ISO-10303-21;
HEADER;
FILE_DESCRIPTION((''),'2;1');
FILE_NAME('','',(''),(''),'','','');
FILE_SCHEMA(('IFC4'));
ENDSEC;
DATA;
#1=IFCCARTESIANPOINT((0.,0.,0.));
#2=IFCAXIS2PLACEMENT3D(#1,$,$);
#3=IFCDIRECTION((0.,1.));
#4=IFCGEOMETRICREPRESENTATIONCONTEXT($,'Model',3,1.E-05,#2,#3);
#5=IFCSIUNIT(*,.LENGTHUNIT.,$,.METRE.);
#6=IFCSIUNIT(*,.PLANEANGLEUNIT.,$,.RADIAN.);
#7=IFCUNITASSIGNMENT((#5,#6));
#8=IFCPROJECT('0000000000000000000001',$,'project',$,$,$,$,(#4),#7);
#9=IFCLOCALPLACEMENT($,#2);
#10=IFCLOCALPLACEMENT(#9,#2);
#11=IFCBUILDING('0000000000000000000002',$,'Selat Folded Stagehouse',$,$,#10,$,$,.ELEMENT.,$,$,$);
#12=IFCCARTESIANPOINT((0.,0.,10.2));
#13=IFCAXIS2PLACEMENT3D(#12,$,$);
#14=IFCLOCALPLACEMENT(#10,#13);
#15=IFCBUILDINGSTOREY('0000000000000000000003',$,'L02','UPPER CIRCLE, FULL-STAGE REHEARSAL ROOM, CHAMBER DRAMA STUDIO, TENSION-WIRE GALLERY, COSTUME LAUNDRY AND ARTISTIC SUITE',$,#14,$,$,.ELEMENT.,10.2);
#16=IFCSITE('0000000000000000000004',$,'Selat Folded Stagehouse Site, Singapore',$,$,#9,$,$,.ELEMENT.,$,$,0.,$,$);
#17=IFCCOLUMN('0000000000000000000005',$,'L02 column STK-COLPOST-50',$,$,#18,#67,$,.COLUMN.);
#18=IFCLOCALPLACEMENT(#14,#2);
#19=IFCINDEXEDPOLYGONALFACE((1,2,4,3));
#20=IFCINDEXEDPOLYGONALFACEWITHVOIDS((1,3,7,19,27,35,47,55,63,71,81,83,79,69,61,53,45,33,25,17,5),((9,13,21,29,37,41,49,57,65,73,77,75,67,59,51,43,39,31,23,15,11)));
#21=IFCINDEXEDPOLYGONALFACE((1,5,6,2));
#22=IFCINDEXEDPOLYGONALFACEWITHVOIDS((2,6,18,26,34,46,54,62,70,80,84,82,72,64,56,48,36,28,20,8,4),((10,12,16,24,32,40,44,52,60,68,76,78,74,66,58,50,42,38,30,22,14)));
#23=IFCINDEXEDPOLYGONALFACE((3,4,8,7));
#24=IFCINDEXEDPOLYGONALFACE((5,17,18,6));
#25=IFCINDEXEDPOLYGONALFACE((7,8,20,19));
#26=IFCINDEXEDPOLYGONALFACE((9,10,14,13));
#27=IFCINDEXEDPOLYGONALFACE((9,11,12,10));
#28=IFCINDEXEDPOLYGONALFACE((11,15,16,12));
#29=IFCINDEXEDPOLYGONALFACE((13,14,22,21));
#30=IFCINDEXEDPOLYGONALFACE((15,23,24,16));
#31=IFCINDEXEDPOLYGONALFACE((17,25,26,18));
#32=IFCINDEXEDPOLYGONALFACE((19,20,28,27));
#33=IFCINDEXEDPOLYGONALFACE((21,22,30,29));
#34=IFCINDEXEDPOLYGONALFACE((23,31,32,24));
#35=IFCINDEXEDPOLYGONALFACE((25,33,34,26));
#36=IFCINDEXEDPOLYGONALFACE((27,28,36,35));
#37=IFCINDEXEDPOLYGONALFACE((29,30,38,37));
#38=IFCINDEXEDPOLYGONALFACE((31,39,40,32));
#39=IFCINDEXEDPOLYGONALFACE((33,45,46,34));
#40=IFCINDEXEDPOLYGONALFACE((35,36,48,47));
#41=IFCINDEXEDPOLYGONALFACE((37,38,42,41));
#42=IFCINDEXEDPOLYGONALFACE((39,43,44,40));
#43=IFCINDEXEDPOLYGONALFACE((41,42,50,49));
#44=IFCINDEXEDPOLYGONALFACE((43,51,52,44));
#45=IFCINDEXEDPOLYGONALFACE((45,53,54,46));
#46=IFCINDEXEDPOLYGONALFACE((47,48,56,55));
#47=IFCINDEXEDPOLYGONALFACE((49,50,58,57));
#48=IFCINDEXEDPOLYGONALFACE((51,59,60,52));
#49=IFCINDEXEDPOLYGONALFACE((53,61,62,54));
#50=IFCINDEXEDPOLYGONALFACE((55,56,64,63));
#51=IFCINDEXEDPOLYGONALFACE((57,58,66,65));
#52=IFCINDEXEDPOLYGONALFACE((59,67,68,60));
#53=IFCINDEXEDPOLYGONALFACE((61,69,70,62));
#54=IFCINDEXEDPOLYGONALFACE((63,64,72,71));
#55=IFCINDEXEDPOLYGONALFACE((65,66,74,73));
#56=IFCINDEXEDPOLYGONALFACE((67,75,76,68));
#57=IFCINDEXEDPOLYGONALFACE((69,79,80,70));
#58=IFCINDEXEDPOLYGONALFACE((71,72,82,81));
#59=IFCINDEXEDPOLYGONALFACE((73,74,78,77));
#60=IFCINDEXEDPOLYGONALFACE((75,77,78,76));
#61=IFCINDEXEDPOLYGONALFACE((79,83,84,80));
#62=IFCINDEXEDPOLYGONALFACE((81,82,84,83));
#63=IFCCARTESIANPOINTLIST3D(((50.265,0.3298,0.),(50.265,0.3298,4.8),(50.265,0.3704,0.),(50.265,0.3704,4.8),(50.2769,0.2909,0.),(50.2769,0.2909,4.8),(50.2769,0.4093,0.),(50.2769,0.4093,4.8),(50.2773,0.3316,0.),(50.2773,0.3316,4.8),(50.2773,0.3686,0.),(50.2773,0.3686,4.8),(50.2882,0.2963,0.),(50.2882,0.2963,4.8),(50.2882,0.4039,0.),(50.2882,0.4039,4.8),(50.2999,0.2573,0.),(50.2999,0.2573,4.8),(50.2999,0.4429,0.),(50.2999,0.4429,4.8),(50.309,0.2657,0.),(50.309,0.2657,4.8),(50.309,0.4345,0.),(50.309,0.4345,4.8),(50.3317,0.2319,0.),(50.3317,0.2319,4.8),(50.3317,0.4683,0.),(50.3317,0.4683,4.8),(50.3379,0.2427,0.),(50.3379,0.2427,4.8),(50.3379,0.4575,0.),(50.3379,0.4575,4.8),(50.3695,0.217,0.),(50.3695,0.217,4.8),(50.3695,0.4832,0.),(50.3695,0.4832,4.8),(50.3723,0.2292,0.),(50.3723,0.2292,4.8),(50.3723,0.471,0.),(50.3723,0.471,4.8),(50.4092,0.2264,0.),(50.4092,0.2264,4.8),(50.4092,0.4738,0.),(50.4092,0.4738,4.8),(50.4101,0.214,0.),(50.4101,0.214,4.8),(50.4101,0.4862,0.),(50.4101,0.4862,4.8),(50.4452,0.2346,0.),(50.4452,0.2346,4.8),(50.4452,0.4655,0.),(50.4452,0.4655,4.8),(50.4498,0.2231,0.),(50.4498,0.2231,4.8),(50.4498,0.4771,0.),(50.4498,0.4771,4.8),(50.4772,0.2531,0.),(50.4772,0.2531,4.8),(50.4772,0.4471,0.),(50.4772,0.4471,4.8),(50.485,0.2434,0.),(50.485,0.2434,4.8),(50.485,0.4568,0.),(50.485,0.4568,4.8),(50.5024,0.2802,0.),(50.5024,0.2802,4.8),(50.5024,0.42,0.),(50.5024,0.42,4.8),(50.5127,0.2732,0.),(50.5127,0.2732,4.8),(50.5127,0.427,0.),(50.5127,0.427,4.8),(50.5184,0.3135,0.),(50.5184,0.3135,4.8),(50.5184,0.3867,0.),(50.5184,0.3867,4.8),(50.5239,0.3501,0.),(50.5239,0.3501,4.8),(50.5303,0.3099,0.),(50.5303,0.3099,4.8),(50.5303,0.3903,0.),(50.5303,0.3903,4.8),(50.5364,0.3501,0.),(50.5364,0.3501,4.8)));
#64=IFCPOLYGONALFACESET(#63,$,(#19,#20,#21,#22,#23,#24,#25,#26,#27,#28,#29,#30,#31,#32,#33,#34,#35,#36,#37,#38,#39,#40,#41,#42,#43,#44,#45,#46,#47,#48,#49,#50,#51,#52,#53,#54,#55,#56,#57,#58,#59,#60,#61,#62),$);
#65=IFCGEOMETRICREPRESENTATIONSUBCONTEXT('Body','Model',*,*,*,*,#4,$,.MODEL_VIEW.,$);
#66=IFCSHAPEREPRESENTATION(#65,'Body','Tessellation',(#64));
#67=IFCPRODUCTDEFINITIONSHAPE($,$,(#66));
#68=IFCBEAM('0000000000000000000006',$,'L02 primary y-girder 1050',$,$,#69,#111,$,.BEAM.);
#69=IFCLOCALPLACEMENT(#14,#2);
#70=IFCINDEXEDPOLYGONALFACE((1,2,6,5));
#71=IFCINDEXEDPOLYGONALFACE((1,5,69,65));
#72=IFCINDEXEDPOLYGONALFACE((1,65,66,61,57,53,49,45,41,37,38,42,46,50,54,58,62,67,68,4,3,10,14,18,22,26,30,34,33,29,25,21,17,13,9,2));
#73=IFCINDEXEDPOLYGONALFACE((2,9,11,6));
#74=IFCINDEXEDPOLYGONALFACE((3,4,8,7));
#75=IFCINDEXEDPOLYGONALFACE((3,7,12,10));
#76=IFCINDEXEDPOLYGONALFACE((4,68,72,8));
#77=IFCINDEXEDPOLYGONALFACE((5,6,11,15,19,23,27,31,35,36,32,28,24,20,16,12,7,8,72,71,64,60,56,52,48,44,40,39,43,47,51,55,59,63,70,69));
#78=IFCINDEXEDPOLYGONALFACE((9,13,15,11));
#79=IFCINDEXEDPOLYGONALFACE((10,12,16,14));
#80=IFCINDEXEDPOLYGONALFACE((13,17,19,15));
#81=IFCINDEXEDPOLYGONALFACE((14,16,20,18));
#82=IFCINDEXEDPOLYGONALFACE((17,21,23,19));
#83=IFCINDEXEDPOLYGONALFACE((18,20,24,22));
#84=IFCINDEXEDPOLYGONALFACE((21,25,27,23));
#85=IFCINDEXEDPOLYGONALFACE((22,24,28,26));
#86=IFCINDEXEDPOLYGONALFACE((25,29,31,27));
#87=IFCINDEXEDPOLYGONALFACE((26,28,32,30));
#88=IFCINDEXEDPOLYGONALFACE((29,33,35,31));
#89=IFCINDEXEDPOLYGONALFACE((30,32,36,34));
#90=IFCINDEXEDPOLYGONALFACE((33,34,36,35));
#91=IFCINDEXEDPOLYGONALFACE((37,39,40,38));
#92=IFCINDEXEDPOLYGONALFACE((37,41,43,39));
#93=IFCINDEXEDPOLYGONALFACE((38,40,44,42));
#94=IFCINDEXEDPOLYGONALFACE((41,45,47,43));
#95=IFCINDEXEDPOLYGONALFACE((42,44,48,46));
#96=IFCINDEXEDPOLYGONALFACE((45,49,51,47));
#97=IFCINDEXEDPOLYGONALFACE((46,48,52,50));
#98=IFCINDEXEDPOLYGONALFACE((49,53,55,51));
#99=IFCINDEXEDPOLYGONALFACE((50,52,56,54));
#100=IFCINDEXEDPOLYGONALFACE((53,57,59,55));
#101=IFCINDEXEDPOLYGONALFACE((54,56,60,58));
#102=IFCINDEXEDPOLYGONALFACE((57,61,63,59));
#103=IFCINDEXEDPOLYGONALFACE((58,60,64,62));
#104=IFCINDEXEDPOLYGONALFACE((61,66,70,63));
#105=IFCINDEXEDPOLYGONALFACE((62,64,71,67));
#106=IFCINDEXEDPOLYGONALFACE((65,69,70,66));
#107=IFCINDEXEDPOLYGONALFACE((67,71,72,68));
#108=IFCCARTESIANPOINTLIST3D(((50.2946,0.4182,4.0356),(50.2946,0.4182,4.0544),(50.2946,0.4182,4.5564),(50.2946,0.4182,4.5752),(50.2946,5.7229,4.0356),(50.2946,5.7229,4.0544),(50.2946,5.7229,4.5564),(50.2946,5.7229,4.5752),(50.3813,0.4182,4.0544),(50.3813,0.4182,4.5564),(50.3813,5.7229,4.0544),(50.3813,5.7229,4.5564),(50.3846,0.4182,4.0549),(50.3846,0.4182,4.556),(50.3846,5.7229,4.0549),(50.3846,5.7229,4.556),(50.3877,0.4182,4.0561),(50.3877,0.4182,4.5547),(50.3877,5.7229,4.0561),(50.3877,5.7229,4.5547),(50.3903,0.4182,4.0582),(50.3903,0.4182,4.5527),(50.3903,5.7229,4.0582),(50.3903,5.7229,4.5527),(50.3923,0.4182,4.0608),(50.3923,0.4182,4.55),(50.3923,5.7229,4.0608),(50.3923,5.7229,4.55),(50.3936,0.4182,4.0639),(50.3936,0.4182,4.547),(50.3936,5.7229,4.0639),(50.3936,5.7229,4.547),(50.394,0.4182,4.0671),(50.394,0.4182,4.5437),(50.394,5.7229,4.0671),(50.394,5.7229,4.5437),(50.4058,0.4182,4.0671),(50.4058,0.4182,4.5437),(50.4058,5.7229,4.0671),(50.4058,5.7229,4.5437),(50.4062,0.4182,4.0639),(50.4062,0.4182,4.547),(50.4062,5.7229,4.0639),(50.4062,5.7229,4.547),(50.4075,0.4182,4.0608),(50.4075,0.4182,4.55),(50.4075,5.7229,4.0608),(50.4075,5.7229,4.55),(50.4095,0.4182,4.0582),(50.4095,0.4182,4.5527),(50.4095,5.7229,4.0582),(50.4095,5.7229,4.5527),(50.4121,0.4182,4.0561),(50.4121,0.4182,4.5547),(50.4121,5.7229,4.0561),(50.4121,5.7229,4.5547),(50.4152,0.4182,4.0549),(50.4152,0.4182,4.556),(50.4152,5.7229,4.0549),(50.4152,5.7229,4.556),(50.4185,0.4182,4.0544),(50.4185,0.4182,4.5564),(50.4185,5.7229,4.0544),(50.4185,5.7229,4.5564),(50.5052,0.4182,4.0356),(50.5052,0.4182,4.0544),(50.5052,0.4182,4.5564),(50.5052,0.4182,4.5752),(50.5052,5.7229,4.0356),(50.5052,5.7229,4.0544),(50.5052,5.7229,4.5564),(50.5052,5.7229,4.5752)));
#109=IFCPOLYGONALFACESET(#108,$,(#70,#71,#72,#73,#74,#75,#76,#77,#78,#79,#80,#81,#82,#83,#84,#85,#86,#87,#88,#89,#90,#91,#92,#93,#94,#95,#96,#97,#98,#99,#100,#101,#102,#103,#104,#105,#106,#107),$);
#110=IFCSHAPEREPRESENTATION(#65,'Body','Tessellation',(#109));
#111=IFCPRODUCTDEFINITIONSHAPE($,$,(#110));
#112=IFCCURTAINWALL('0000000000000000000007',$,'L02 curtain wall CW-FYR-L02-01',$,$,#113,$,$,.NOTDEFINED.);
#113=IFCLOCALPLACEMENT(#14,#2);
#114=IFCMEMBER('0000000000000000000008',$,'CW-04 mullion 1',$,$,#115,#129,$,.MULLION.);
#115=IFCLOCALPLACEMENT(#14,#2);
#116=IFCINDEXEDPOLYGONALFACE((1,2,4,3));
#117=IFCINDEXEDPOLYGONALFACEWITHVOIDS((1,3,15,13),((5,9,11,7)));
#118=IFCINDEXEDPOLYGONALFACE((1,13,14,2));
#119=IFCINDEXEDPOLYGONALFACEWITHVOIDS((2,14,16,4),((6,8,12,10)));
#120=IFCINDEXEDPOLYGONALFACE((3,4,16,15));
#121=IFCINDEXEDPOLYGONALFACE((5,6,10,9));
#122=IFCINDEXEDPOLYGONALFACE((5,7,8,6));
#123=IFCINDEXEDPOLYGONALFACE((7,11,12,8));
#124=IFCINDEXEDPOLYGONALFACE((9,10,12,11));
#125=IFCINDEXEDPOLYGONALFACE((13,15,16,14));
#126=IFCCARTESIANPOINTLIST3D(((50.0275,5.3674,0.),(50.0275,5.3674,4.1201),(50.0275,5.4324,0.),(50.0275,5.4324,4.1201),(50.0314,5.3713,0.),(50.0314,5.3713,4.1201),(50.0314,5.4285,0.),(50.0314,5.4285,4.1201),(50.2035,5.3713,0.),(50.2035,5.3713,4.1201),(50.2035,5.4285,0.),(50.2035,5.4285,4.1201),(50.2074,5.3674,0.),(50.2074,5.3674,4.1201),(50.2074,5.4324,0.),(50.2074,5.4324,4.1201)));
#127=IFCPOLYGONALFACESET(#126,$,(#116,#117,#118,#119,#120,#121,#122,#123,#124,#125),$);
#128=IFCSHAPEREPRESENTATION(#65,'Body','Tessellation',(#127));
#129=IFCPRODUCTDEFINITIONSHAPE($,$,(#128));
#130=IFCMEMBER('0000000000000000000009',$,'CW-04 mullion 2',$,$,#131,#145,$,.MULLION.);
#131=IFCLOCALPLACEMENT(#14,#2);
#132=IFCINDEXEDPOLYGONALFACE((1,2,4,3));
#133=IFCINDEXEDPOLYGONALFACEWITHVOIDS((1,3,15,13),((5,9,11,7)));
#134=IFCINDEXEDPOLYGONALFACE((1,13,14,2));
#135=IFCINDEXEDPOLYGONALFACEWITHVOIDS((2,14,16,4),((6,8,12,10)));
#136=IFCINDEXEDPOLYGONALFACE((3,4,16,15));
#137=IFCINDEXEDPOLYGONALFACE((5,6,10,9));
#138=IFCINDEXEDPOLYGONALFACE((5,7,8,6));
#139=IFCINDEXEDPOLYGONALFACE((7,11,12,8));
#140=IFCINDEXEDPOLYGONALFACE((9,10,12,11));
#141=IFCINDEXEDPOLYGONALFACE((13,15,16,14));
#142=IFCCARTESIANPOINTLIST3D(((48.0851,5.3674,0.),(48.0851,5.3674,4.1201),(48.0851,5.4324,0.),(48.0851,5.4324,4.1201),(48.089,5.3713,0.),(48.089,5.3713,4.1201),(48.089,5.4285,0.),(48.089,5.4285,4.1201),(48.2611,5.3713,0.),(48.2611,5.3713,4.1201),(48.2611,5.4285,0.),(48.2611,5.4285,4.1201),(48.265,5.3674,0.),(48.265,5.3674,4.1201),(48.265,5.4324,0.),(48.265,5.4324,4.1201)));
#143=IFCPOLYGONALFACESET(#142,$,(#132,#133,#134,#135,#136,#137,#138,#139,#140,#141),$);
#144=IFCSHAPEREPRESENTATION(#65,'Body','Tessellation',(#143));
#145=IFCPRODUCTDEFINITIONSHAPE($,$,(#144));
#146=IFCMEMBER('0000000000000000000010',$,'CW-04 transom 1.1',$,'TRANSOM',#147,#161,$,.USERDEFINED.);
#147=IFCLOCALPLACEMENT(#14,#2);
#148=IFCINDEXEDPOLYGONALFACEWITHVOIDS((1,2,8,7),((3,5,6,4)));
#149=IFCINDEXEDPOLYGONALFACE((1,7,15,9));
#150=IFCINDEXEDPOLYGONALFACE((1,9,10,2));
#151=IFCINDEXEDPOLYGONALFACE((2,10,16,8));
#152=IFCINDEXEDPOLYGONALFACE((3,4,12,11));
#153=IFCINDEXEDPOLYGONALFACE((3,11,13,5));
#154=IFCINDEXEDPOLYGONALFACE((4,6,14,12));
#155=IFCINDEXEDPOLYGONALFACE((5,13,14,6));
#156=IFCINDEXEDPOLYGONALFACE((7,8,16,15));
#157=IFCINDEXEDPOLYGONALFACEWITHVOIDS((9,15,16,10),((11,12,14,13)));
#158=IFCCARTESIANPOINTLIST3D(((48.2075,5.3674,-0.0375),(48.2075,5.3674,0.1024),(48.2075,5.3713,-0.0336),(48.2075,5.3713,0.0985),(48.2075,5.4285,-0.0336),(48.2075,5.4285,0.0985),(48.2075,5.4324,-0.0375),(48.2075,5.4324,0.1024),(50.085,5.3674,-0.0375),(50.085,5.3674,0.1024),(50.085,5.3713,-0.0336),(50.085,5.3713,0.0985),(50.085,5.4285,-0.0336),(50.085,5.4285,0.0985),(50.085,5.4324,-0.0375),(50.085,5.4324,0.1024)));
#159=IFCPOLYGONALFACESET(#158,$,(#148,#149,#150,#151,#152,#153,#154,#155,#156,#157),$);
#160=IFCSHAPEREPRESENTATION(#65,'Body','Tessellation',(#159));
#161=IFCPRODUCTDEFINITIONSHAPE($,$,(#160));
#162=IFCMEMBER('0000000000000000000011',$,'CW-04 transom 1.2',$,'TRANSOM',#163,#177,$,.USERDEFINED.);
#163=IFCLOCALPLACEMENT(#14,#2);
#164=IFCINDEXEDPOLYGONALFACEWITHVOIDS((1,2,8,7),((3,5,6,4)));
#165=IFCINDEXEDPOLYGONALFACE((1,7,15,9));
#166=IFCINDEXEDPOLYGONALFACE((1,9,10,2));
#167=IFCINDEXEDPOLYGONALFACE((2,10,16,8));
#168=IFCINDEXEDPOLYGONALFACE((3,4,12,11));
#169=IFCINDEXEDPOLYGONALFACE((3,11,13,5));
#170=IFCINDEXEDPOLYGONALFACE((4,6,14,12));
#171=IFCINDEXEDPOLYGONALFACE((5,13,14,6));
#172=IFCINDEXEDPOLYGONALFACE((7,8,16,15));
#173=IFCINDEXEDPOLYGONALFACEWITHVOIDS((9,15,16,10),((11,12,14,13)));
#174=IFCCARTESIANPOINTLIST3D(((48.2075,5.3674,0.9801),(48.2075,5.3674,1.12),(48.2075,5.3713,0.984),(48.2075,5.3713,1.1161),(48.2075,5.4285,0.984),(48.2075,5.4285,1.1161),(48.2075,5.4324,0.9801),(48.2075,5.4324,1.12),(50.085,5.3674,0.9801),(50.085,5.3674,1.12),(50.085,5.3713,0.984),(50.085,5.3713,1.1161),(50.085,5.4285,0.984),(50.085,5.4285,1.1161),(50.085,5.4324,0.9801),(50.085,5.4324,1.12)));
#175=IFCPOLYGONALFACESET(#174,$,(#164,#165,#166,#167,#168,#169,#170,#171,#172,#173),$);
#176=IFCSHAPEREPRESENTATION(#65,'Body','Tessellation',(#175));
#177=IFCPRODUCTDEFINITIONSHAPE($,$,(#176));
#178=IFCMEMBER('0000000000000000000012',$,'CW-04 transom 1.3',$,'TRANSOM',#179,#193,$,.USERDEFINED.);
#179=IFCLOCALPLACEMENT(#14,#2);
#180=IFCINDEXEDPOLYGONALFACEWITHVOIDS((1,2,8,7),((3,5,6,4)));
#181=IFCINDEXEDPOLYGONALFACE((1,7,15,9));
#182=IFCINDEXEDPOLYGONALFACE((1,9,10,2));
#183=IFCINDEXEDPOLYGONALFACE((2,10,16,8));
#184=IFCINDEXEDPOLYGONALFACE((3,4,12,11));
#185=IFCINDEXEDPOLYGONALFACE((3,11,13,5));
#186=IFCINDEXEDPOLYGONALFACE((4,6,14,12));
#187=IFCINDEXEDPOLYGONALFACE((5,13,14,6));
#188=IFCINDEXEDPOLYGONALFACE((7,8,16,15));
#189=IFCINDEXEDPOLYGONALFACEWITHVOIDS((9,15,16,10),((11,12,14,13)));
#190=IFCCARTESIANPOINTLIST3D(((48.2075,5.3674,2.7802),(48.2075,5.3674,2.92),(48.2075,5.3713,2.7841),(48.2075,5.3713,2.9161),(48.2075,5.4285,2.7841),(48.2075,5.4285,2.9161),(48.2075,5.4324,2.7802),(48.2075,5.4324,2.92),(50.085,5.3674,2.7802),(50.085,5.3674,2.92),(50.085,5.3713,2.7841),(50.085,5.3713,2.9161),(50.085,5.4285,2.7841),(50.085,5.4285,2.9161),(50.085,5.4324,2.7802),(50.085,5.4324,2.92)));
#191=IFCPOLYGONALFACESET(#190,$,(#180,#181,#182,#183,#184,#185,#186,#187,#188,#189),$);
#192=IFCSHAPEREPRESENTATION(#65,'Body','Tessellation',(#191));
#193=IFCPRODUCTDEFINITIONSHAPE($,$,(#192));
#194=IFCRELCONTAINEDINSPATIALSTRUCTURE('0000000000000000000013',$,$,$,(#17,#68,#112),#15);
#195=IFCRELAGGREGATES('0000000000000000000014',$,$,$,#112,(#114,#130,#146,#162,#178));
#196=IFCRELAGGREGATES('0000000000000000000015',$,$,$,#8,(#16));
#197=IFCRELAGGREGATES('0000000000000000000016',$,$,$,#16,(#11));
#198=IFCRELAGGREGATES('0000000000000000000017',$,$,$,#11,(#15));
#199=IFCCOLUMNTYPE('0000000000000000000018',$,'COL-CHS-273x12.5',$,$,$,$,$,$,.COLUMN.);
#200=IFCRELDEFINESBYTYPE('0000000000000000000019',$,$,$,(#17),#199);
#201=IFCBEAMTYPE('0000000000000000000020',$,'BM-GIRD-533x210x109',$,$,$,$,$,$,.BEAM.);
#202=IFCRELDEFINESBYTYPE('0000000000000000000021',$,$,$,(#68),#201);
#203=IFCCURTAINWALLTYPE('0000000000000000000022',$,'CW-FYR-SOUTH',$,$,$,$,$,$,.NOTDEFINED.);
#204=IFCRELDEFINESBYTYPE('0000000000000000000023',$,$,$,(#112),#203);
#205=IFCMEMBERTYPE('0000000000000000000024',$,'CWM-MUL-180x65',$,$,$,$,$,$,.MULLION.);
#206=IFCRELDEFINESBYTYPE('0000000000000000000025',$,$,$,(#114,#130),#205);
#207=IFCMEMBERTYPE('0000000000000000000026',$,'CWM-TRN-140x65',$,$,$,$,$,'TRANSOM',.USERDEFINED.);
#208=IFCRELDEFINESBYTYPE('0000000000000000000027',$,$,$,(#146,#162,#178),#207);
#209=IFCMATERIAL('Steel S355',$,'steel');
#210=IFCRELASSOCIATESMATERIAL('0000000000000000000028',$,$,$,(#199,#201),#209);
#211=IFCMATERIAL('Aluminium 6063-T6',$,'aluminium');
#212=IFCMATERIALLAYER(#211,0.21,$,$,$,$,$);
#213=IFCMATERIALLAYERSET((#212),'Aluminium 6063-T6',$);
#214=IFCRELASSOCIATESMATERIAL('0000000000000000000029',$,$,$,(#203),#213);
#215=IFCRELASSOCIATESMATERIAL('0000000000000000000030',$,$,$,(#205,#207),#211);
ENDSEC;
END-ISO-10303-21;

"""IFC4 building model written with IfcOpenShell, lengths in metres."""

from ifc_helpers import new_model, si_unit, direction, frame, origin, origin_2d, place, context, subcontext, project, spatial, hollow_rectangle, hollow_circle, i_section, extrude, material, layer, layer_set, material_profile, profile_set, type_object, element, aggregate, save


model = new_model("IFC4")

# Units and contexts
model_context = context("Model", 3, precision=1e-05, world=origin(), true_north=direction((0.0, 1.0)))
body_context = subcontext(model_context, "Body", "Model", "MODEL_VIEW")
ifc_project = project(units=[si_unit("LENGTHUNIT", "METRE"), si_unit("PLANEANGLEUNIT", "RADIAN")], contexts=[model_context])

# Site, building, storey
site_placement = place(None, origin())
site = spatial("IfcSite", under=ifc_project, at=site_placement, Name="Selat Folded Stagehouse Site, Singapore", CompositionType="ELEMENT", RefElevation=0.0)
building_placement = place(site_placement, origin())
building = spatial("IfcBuilding", under=site, at=building_placement, Name="Selat Folded Stagehouse", CompositionType="ELEMENT")
storey_placement = place(building_placement, frame((0.0, 0.0, 10.2)))
storey = spatial("IfcBuildingStorey", under=building, at=storey_placement, Name="L02", Description="UPPER CIRCLE, FULL-STAGE REHEARSAL ROOM, CHAMBER DRAMA STUDIO, TENSION-WIRE GALLERY, COSTUME LAUNDRY AND ARTISTIC SUITE", CompositionType="ELEMENT", Elevation=10.2)

# Column
ifc_material_1 = material(Name="Steel S355", Category="steel")
ifc_material_profile_1 = material_profile(ifc_material_1, hollow_circle(Radius=0.1365, WallThickness=0.0125, at=origin_2d()), Name="CHS 273.0x12.5")
ifc_profile_set_1 = profile_set([ifc_material_profile_1], Name="Steel S355")
column_type = type_object("IfcColumnType", Name="COL-CHS-273x12.5", PredefinedType="COLUMN", material=ifc_profile_set_1)
column_placement = place(storey_placement, frame((50.3999, 0.3501, 0.0), z_axis=(0.0, 0.0, 1.0), x_axis=(1.0, 0.0, 0.0)))
element("IfcColumn", 1, at=column_placement, inside=storey, type_object=column_type, Name="L02 column STK-COLPOST-50", PredefinedType="COLUMN", context=body_context, shape_type="SweptSolid", body=[
    extrude(hollow_circle(Radius=0.1365, WallThickness=0.0125, at=origin_2d()), origin(), (0.0, 0.0, 1.0), 4.8),
])

# Beam
ifc_material_profile_2 = material_profile(ifc_material_1, i_section(OverallWidth=0.2107, OverallDepth=0.5396, WebThickness=0.0117, FlangeThickness=0.0188, FilletRadius=0.0127, at=origin_2d()), Name="UKB 533x210x109")
ifc_profile_set_2 = profile_set([ifc_material_profile_2], Name="Steel S355")
beam_type_1 = type_object("IfcBeamType", Name="BM-GIRD-533x210x109", PredefinedType="BEAM", material=ifc_profile_set_2)
beam_placement = place(storey_placement, frame((50.3999, 0.4182, 4.3054), z_axis=(0.0, 1.0, 0.0), x_axis=(-1.0, 0.0, 0.0)))
element("IfcBeam", 2, at=beam_placement, inside=storey, type_object=beam_type_1, Name="L02 primary y-girder 1050", PredefinedType="BEAM", context=body_context, shape_type="SweptSolid", body=[
    extrude(i_section(OverallWidth=0.2107, OverallDepth=0.5396, WebThickness=0.0117, FlangeThickness=0.0188, FilletRadius=0.0127, at=origin_2d()), origin(), (0.0, 0.0, 1.0), 5.3047),
])

# Curtain wall, members
ifc_material_2 = material(Name="Aluminium 6063-T6", Category="aluminium")
ifc_layer_1 = layer(ifc_material_2, 0.21)
ifc_layer_set_1 = layer_set([ifc_layer_1], Name="Aluminium 6063-T6")
curtain_wall_type = type_object("IfcCurtainWallType", Name="CW-FYR-SOUTH", PredefinedType="NOTDEFINED", material=ifc_layer_set_1)
curtain_wall_placement = place(storey_placement, origin())
curtain_wall = element("IfcCurtainWall", 3, at=curtain_wall_placement, inside=storey, type_object=curtain_wall_type, Name="L02 curtain wall CW-FYR-L02-01", PredefinedType="NOTDEFINED")
ifc_material_profile_3 = material_profile(ifc_material_2, hollow_rectangle(XDim=0.0649, YDim=0.1799, WallThickness=0.0039, at=origin_2d()), Name="ALU 180x65x4.0")
ifc_profile_set_3 = profile_set([ifc_material_profile_3], Name="Aluminium 6063-T6")
member_type_1 = type_object("IfcMemberType", Name="CWM-MUL-180x65", PredefinedType="MULLION", material=ifc_profile_set_3)
member_1_placement = place(storey_placement, frame((50.1174, 5.3999, 0.0), z_axis=(0.0, 0.0, 1.0), x_axis=(0.0, -1.0, 0.0)))
member_1 = element("IfcMember", 4, at=member_1_placement, type_object=member_type_1, Name="CW-04 mullion 1", PredefinedType="MULLION", context=body_context, shape_type="SweptSolid", body=[
    extrude(hollow_rectangle(XDim=0.0649, YDim=0.1799, WallThickness=0.0039, at=origin_2d()), origin(), (0.0, 0.0, 1.0), 4.1201),
])
member_2_placement = place(storey_placement, frame((48.175, 5.3999, 0.0), z_axis=(0.0, 0.0, 1.0), x_axis=(0.0, -1.0, 0.0)))
member_2 = element("IfcMember", 5, at=member_2_placement, type_object=member_type_1, Name="CW-04 mullion 2", PredefinedType="MULLION", context=body_context, shape_type="SweptSolid", body=[
    extrude(hollow_rectangle(XDim=0.0649, YDim=0.1799, WallThickness=0.0039, at=origin_2d()), origin(), (0.0, 0.0, 1.0), 4.1201),
])
ifc_material_profile_4 = material_profile(ifc_material_2, hollow_rectangle(XDim=0.0649, YDim=0.1399, WallThickness=0.0039, at=origin_2d()), Name="ALU 140x65x4.0")
ifc_profile_set_4 = profile_set([ifc_material_profile_4], Name="Aluminium 6063-T6")
member_type_2 = type_object("IfcMemberType", Name="CWM-TRN-140x65", ElementType="TRANSOM", PredefinedType="USERDEFINED", material=ifc_profile_set_4)
member_3_placement = place(storey_placement, frame((50.085, 5.3999, 0.0325), z_axis=(-1.0, 0.0, 0.0), x_axis=(0.0, -1.0, 0.0)))
member_3 = element("IfcMember", 6, at=member_3_placement, type_object=member_type_2, Name="CW-04 transom 1.1", ObjectType="TRANSOM", PredefinedType="USERDEFINED", context=body_context, shape_type="SweptSolid", body=[
    extrude(hollow_rectangle(XDim=0.0649, YDim=0.1399, WallThickness=0.0039, at=origin_2d()), origin(), (0.0, 0.0, 1.0), 1.8774),
])
member_4_placement = place(storey_placement, frame((50.085, 5.3999, 1.05), z_axis=(-1.0, 0.0, 0.0), x_axis=(0.0, -1.0, 0.0)))
member_4 = element("IfcMember", 7, at=member_4_placement, type_object=member_type_2, Name="CW-04 transom 1.2", ObjectType="TRANSOM", PredefinedType="USERDEFINED", context=body_context, shape_type="SweptSolid", body=[
    extrude(hollow_rectangle(XDim=0.0649, YDim=0.1399, WallThickness=0.0039, at=origin_2d()), origin(), (0.0, 0.0, 1.0), 1.8774),
])
member_5_placement = place(storey_placement, frame((50.085, 5.3999, 2.8501), z_axis=(-1.0, 0.0, 0.0), x_axis=(0.0, -1.0, 0.0)))
member_5 = element("IfcMember", 8, at=member_5_placement, type_object=member_type_2, Name="CW-04 transom 1.3", ObjectType="TRANSOM", PredefinedType="USERDEFINED", context=body_context, shape_type="SweptSolid", body=[
    extrude(hollow_rectangle(XDim=0.0649, YDim=0.1399, WallThickness=0.0039, at=origin_2d()), origin(), (0.0, 0.0, 1.0), 1.8774),
])

aggregate(curtain_wall, [member_1, member_2, member_3, member_4, member_5])

save(model, "model.ifc")
